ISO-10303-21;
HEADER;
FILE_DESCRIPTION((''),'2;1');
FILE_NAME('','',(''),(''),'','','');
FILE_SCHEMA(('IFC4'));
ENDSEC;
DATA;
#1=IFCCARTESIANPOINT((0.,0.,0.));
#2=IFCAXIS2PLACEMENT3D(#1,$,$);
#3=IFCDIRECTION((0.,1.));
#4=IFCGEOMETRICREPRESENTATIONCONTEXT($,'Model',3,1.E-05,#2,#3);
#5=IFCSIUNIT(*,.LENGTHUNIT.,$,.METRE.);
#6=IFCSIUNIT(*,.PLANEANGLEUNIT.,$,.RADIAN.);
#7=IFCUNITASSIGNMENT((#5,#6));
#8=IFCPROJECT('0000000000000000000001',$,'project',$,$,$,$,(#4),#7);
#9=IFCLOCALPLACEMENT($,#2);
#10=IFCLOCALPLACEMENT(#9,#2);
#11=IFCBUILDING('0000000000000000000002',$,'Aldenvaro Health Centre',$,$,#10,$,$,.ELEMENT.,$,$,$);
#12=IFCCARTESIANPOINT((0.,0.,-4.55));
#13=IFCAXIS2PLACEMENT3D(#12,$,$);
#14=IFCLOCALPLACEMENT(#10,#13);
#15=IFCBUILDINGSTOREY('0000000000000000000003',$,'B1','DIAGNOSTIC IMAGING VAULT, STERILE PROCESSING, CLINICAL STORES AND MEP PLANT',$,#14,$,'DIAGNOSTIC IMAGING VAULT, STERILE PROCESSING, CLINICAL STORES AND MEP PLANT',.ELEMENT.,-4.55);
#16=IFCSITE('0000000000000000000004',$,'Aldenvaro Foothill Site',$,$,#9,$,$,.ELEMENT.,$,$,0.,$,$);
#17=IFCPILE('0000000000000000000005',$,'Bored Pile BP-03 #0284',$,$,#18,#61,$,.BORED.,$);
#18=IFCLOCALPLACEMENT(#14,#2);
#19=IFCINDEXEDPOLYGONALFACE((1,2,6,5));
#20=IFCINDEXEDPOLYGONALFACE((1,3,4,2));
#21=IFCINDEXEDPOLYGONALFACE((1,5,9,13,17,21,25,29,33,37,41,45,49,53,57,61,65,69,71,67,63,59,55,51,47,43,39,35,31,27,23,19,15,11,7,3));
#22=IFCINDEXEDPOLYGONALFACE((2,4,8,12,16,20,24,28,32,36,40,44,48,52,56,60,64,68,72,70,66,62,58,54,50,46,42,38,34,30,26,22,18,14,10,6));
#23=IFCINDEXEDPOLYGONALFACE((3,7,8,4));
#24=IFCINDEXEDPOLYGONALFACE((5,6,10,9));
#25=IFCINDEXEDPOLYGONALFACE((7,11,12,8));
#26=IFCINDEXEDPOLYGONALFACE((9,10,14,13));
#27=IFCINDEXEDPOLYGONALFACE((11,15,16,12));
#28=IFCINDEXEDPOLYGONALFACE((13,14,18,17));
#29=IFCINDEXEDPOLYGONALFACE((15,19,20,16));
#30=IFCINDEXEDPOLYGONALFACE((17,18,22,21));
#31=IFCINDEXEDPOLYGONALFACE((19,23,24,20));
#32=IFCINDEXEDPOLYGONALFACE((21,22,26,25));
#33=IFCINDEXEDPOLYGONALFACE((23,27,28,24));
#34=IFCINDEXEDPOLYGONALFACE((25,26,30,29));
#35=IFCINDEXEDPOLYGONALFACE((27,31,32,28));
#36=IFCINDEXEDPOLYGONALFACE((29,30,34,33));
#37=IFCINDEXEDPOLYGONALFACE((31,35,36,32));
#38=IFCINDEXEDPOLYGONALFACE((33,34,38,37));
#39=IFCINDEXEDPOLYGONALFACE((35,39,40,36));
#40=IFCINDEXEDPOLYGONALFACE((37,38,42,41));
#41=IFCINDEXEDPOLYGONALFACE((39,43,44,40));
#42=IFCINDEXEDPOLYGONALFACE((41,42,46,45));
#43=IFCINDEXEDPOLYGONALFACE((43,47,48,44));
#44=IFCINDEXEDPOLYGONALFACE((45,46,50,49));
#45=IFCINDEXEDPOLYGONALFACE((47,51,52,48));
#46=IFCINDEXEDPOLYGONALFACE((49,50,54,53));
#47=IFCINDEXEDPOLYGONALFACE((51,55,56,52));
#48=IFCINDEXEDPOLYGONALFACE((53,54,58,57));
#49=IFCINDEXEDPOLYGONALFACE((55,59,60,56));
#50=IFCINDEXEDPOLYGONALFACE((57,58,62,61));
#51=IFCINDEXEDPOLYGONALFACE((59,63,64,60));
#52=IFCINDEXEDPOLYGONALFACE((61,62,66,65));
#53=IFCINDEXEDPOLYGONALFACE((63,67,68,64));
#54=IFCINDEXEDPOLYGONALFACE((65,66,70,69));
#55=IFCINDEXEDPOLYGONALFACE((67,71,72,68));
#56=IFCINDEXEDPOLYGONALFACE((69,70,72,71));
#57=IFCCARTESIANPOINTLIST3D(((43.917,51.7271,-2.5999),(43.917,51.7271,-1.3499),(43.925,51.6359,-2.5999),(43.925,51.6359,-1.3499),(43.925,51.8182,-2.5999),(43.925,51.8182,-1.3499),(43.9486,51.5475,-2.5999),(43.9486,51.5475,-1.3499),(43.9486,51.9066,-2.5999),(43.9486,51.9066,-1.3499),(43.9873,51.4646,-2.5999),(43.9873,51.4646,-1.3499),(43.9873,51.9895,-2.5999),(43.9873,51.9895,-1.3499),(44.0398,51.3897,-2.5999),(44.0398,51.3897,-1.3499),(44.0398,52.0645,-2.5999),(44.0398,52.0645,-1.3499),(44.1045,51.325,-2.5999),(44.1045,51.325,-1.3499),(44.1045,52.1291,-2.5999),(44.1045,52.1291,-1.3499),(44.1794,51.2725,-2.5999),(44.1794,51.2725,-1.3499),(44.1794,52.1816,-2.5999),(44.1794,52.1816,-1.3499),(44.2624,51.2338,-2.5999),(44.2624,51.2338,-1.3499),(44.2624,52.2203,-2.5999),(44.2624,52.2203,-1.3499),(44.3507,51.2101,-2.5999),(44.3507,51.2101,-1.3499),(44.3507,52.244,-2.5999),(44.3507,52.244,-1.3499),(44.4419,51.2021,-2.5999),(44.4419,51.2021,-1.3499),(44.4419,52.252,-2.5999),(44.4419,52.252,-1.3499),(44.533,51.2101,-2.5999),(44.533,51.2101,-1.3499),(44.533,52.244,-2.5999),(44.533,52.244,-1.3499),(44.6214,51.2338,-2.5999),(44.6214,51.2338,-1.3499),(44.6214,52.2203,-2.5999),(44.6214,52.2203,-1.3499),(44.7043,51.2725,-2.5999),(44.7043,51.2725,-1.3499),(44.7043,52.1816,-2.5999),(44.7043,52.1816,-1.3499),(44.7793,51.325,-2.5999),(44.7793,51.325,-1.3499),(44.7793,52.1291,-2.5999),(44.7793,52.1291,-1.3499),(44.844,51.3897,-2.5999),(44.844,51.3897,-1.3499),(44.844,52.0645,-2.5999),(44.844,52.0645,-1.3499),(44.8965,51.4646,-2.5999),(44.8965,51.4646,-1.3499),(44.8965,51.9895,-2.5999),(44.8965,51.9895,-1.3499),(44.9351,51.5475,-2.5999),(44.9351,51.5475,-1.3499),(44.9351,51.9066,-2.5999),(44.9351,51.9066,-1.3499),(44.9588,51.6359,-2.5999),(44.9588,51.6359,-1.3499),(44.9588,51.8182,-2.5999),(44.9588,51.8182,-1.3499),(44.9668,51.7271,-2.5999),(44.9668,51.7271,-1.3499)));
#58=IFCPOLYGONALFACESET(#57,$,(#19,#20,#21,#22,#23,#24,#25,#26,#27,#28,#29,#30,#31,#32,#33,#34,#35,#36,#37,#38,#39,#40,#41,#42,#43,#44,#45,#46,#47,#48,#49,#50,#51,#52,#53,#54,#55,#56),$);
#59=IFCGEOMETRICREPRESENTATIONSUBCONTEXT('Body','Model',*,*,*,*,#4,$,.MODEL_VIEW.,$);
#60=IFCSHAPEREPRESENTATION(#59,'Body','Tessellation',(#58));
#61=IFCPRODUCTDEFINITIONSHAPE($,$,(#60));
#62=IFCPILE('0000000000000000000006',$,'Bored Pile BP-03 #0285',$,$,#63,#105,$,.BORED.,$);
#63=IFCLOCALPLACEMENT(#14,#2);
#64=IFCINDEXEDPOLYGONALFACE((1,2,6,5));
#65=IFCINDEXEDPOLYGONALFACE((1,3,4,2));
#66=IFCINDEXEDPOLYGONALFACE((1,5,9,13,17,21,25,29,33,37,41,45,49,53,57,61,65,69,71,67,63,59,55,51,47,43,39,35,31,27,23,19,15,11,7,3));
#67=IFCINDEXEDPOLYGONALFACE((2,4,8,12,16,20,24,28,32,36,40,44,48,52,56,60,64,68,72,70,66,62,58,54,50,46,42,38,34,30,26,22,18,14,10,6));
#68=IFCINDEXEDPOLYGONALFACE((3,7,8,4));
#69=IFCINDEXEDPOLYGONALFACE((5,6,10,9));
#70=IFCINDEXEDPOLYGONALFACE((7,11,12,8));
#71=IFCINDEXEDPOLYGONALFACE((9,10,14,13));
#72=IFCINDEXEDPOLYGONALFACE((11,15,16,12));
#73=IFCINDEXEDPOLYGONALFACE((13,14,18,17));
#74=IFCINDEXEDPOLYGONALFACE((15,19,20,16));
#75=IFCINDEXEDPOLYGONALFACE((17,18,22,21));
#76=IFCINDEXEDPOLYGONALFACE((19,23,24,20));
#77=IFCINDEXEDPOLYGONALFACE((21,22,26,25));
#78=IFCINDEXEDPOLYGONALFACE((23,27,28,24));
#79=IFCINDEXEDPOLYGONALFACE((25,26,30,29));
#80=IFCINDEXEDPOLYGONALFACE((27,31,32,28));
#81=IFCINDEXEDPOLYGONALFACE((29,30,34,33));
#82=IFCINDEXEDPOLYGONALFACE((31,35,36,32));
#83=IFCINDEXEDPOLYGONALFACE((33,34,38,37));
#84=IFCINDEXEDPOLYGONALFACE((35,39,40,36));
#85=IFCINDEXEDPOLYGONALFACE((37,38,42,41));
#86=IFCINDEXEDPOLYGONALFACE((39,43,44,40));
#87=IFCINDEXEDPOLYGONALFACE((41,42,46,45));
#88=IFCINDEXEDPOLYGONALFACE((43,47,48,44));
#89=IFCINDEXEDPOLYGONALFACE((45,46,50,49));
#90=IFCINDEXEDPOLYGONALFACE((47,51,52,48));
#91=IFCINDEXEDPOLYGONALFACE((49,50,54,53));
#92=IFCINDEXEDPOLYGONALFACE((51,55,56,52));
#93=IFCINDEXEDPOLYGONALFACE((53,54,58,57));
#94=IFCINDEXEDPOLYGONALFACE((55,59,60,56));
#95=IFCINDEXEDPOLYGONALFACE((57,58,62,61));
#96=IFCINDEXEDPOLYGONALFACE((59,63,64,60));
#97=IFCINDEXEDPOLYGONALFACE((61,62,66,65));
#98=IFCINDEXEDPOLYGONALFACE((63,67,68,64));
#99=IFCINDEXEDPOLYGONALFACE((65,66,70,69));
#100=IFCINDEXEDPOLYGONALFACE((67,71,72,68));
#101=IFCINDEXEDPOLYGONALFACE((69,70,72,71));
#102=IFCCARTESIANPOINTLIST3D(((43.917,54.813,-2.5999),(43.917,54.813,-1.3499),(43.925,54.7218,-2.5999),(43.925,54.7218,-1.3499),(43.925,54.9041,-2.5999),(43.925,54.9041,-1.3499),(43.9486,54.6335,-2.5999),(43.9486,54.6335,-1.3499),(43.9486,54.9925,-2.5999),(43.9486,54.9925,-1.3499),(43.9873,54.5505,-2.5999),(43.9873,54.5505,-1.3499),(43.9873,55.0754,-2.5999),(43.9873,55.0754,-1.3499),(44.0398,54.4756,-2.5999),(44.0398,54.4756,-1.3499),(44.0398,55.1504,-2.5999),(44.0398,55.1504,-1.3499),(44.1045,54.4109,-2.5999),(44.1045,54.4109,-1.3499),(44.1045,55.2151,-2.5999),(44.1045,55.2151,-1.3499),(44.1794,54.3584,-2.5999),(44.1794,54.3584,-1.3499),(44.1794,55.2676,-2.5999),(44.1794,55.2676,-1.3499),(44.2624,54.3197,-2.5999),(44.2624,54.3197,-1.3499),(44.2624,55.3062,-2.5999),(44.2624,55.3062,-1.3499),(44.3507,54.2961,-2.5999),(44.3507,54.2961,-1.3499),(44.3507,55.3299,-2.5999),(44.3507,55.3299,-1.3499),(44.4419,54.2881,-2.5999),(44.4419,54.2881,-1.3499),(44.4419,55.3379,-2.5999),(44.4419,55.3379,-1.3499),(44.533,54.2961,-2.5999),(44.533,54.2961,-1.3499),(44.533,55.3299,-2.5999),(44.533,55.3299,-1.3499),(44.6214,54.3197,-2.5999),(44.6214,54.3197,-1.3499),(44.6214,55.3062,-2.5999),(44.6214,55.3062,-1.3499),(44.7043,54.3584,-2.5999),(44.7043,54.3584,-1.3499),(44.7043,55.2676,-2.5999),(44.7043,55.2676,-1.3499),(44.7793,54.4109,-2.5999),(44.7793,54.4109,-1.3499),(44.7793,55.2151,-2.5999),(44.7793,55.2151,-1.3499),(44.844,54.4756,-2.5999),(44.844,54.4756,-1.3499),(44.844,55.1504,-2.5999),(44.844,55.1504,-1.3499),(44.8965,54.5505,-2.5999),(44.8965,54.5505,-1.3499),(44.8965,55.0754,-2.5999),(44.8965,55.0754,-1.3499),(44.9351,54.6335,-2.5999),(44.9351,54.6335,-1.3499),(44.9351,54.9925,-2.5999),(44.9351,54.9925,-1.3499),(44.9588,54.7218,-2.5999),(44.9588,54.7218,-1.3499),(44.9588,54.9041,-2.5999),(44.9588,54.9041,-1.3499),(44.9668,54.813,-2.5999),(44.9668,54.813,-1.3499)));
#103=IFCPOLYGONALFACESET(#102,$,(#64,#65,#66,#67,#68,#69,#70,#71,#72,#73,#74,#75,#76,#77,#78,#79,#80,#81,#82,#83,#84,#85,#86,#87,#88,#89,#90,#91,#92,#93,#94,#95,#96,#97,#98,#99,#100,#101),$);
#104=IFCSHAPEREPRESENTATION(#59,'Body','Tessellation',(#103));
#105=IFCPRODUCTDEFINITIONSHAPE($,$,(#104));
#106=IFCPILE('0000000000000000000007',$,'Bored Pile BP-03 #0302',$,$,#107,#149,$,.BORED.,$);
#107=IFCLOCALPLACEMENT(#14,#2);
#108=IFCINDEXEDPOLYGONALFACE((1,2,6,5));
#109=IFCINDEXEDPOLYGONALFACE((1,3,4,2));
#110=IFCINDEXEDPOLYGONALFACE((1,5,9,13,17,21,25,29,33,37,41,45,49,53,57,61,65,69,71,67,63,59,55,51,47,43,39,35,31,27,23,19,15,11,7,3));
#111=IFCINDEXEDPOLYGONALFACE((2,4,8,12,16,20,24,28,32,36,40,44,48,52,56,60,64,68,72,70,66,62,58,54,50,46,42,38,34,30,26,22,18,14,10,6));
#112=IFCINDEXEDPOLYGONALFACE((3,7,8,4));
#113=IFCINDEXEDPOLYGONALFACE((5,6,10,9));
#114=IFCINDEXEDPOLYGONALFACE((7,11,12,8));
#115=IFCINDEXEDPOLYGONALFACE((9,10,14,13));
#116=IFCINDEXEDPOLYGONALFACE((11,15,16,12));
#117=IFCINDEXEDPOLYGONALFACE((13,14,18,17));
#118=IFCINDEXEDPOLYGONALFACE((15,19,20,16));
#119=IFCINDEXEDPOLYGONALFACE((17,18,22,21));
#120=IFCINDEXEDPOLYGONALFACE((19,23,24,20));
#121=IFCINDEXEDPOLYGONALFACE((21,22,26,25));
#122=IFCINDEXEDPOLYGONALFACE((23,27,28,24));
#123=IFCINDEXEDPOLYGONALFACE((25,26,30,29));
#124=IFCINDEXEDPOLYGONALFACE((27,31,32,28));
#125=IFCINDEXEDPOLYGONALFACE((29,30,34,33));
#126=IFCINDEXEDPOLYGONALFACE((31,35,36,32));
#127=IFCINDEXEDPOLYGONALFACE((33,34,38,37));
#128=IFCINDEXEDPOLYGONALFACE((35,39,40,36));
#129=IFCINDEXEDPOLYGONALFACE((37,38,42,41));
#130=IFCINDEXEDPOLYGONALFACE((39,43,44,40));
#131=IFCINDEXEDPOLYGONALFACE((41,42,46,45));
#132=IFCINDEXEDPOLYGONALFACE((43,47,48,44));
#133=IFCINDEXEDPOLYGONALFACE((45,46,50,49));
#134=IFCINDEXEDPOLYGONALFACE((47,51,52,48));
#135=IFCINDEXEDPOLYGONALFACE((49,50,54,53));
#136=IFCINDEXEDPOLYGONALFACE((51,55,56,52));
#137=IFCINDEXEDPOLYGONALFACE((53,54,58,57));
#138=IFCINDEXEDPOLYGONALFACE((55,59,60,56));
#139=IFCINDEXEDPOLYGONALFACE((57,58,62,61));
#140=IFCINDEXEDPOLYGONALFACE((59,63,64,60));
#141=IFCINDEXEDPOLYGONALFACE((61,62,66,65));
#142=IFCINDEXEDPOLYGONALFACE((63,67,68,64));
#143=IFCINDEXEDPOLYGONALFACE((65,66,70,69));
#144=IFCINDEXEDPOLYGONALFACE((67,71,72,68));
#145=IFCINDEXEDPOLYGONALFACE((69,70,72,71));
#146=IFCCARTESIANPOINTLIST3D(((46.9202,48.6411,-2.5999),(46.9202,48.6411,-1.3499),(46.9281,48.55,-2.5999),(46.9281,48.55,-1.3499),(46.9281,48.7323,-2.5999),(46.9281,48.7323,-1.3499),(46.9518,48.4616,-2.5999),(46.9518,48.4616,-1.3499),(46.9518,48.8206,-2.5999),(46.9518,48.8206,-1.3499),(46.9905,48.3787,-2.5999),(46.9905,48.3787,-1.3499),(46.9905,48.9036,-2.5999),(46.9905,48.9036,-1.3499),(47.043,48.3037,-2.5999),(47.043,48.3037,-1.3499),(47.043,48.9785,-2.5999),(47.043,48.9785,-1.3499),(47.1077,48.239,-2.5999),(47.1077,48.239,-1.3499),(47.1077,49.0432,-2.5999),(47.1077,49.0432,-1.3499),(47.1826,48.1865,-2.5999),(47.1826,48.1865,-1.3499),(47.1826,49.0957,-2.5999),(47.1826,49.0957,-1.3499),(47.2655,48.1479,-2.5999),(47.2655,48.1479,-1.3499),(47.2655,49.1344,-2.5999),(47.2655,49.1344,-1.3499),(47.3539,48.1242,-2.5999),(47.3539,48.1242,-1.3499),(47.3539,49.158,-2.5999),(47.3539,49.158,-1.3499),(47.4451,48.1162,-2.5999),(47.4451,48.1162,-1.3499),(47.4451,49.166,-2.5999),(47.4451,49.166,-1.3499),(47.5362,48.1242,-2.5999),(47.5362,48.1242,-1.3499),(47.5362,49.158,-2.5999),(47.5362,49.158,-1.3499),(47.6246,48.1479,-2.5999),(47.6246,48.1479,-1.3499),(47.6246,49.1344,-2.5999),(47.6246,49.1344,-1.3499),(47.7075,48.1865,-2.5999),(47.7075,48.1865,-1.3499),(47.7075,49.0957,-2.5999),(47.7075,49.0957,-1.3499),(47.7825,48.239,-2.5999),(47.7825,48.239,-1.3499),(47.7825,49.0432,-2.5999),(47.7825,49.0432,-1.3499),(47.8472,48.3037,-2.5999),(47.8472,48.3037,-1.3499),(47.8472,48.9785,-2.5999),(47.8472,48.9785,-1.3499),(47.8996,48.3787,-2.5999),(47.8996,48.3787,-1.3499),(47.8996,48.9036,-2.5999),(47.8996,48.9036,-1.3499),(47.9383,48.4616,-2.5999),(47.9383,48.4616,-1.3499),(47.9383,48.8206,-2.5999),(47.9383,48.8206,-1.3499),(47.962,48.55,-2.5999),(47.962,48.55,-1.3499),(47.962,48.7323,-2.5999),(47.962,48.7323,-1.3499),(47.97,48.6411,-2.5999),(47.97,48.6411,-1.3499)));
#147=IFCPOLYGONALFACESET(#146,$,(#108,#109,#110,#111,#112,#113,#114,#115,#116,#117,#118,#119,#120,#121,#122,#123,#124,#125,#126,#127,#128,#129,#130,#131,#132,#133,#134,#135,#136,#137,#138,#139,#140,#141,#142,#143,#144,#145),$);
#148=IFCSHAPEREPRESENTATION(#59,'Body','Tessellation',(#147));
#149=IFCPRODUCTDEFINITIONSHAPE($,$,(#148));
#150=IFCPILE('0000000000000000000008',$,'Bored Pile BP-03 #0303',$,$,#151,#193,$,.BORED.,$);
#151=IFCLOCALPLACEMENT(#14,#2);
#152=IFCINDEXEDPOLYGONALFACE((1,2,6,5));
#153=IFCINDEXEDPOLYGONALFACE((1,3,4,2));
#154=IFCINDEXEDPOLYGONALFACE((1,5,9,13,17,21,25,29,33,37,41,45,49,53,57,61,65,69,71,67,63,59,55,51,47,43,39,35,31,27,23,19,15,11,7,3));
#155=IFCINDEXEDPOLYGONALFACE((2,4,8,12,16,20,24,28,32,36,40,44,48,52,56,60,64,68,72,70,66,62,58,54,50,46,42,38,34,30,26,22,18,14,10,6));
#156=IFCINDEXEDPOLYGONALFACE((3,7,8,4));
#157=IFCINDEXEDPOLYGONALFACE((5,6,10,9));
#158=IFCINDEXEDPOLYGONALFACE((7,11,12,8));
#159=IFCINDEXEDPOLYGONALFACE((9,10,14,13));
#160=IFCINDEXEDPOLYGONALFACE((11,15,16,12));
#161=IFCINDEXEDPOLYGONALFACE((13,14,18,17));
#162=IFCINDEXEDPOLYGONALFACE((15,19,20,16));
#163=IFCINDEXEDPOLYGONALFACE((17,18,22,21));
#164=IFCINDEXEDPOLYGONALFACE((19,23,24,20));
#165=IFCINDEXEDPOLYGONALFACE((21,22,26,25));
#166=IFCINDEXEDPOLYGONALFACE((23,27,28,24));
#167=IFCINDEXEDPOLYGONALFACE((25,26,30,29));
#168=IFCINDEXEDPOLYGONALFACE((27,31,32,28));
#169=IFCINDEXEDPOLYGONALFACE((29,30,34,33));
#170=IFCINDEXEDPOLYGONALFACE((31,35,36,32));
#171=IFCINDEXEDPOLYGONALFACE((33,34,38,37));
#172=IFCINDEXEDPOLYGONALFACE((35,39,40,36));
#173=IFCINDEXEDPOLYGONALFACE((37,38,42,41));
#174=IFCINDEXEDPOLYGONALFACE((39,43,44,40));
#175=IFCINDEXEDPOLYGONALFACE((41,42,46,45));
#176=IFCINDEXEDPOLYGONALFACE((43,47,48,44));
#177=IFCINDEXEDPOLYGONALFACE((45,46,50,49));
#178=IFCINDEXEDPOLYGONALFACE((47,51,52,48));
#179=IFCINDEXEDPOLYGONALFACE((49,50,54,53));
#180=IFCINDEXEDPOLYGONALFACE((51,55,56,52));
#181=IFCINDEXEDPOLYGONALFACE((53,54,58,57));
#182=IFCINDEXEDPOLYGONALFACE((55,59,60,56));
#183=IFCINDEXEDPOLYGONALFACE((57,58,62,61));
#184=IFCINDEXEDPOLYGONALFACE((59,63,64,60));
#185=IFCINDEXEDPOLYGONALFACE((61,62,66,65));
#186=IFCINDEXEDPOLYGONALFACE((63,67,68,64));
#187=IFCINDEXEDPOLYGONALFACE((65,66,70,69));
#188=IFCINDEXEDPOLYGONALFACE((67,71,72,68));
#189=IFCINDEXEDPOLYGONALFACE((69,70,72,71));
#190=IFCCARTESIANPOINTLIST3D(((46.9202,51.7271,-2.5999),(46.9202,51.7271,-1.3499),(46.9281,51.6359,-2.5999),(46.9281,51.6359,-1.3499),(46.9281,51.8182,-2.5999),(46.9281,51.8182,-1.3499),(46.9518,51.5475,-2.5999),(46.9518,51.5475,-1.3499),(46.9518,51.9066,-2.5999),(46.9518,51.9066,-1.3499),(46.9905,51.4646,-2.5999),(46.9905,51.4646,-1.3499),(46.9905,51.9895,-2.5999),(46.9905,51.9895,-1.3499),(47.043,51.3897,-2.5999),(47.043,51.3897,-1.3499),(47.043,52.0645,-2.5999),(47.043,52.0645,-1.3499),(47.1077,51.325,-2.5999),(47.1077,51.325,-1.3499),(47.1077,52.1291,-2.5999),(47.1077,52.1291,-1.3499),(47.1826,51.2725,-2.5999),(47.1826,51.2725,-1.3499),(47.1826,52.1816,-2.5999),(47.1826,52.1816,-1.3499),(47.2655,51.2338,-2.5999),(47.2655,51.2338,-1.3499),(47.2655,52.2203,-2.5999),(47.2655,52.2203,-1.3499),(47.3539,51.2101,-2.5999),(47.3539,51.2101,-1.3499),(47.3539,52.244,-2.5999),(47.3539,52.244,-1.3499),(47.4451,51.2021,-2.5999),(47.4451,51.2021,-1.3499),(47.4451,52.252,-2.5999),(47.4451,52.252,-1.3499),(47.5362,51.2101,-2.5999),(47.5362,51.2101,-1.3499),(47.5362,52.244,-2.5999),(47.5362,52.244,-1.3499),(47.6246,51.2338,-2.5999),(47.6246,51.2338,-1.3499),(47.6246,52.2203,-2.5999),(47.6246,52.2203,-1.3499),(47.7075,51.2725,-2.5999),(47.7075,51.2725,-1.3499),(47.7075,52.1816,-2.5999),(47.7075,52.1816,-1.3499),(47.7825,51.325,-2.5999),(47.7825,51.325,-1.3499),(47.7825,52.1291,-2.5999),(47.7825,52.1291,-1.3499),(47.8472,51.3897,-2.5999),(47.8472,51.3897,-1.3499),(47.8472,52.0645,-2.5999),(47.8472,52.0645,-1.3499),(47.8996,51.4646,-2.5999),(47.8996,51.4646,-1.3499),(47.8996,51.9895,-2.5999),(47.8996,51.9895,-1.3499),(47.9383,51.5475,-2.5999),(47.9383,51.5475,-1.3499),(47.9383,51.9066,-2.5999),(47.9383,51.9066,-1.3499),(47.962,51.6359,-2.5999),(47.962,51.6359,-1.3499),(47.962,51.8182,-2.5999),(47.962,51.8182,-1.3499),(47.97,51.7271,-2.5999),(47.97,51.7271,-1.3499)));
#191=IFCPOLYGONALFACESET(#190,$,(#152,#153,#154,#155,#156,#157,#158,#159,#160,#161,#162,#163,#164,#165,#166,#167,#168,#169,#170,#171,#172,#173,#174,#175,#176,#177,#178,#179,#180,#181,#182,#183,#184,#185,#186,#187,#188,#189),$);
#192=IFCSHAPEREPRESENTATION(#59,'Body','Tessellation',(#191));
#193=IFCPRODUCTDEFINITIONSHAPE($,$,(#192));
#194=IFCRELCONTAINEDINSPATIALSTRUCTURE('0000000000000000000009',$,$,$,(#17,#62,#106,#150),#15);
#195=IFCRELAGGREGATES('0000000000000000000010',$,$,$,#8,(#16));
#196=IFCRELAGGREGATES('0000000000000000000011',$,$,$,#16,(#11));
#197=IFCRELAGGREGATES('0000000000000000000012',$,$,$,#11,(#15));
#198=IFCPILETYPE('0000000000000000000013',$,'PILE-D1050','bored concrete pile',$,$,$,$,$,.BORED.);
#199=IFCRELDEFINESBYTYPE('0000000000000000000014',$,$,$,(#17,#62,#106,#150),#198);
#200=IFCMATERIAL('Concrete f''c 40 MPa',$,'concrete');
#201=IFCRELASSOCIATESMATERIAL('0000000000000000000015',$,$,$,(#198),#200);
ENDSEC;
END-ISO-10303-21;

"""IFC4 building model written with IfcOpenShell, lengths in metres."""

from ifc_helpers import new_model, si_unit, direction, frame, origin, origin_2d, place, context, subcontext, project, spatial, circle, extrude, material, material_profile, profile_set, type_object, element, save


model = new_model("IFC4")

# Units and contexts
model_context = context("Model", 3, precision=1e-05, world=origin(), true_north=direction((0.0, 1.0)))
body_context = subcontext(model_context, "Body", "Model", "MODEL_VIEW")
ifc_project = project(units=[si_unit("LENGTHUNIT", "METRE"), si_unit("PLANEANGLEUNIT", "RADIAN")], contexts=[model_context])

# Site, building, storey
site_placement = place(None, origin())
site = spatial("IfcSite", under=ifc_project, at=site_placement, Name="Aldenvaro Foothill Site", CompositionType="ELEMENT", RefElevation=0.0)
building_placement = place(site_placement, origin())
building = spatial("IfcBuilding", under=site, at=building_placement, Name="Aldenvaro Health Centre", CompositionType="ELEMENT")
storey_placement = place(building_placement, frame((0.0, 0.0, -4.55)))
storey = spatial("IfcBuildingStorey", under=building, at=storey_placement, Name="B1", Description="DIAGNOSTIC IMAGING VAULT, STERILE PROCESSING, CLINICAL STORES AND MEP PLANT", LongName="DIAGNOSTIC IMAGING VAULT, STERILE PROCESSING, CLINICAL STORES AND MEP PLANT", CompositionType="ELEMENT", Elevation=-4.55)

# Shared definitions
ifc_material = material(Name="Concrete f'c 40 MPa", Category="concrete")

# Piles
ifc_material_profile_1 = material_profile(ifc_material, circle(Radius=0.5249, at=origin_2d()), Name="PILE D1050", Category="concrete")
ifc_profile_set_1 = profile_set([ifc_material_profile_1], Name="Concrete f'c 40 MPa")
pile_type_1 = type_object("IfcPileType", Name="PILE-D1050", Description="bored concrete pile", PredefinedType="BORED", material=ifc_profile_set_1)
for number, where, z_axis, x_axis, name in (
    (1, (44.4419, 51.7271, -1.3499), (0.0, 0.0, -1.0), (1.0, 0.0, 0.0), "Bored Pile BP-03 #0284"),
    (2, (44.4419, 54.813, -1.3499), (0.0, 0.0, -1.0), (1.0, 0.0, 0.0), "Bored Pile BP-03 #0285"),
    (3, (47.4451, 48.6411, -1.3499), (0.0, 0.0, -1.0), (1.0, 0.0, 0.0), "Bored Pile BP-03 #0302"),
    (4, (47.4451, 51.7271, -1.3499), (0.0, 0.0, -1.0), (1.0, 0.0, 0.0), "Bored Pile BP-03 #0303"),
):
    element("IfcPile", number, at=place(storey_placement, frame(where, z_axis=z_axis, x_axis=x_axis)), inside=storey, type_object=pile_type_1, Name=name, PredefinedType="BORED", context=body_context, shape_type="SweptSolid", body=[
        extrude(circle(Radius=0.5249, at=origin_2d()), origin(), (0.0, 0.0, 1.0), 1.25),
    ])

save(model, "model.ifc")
